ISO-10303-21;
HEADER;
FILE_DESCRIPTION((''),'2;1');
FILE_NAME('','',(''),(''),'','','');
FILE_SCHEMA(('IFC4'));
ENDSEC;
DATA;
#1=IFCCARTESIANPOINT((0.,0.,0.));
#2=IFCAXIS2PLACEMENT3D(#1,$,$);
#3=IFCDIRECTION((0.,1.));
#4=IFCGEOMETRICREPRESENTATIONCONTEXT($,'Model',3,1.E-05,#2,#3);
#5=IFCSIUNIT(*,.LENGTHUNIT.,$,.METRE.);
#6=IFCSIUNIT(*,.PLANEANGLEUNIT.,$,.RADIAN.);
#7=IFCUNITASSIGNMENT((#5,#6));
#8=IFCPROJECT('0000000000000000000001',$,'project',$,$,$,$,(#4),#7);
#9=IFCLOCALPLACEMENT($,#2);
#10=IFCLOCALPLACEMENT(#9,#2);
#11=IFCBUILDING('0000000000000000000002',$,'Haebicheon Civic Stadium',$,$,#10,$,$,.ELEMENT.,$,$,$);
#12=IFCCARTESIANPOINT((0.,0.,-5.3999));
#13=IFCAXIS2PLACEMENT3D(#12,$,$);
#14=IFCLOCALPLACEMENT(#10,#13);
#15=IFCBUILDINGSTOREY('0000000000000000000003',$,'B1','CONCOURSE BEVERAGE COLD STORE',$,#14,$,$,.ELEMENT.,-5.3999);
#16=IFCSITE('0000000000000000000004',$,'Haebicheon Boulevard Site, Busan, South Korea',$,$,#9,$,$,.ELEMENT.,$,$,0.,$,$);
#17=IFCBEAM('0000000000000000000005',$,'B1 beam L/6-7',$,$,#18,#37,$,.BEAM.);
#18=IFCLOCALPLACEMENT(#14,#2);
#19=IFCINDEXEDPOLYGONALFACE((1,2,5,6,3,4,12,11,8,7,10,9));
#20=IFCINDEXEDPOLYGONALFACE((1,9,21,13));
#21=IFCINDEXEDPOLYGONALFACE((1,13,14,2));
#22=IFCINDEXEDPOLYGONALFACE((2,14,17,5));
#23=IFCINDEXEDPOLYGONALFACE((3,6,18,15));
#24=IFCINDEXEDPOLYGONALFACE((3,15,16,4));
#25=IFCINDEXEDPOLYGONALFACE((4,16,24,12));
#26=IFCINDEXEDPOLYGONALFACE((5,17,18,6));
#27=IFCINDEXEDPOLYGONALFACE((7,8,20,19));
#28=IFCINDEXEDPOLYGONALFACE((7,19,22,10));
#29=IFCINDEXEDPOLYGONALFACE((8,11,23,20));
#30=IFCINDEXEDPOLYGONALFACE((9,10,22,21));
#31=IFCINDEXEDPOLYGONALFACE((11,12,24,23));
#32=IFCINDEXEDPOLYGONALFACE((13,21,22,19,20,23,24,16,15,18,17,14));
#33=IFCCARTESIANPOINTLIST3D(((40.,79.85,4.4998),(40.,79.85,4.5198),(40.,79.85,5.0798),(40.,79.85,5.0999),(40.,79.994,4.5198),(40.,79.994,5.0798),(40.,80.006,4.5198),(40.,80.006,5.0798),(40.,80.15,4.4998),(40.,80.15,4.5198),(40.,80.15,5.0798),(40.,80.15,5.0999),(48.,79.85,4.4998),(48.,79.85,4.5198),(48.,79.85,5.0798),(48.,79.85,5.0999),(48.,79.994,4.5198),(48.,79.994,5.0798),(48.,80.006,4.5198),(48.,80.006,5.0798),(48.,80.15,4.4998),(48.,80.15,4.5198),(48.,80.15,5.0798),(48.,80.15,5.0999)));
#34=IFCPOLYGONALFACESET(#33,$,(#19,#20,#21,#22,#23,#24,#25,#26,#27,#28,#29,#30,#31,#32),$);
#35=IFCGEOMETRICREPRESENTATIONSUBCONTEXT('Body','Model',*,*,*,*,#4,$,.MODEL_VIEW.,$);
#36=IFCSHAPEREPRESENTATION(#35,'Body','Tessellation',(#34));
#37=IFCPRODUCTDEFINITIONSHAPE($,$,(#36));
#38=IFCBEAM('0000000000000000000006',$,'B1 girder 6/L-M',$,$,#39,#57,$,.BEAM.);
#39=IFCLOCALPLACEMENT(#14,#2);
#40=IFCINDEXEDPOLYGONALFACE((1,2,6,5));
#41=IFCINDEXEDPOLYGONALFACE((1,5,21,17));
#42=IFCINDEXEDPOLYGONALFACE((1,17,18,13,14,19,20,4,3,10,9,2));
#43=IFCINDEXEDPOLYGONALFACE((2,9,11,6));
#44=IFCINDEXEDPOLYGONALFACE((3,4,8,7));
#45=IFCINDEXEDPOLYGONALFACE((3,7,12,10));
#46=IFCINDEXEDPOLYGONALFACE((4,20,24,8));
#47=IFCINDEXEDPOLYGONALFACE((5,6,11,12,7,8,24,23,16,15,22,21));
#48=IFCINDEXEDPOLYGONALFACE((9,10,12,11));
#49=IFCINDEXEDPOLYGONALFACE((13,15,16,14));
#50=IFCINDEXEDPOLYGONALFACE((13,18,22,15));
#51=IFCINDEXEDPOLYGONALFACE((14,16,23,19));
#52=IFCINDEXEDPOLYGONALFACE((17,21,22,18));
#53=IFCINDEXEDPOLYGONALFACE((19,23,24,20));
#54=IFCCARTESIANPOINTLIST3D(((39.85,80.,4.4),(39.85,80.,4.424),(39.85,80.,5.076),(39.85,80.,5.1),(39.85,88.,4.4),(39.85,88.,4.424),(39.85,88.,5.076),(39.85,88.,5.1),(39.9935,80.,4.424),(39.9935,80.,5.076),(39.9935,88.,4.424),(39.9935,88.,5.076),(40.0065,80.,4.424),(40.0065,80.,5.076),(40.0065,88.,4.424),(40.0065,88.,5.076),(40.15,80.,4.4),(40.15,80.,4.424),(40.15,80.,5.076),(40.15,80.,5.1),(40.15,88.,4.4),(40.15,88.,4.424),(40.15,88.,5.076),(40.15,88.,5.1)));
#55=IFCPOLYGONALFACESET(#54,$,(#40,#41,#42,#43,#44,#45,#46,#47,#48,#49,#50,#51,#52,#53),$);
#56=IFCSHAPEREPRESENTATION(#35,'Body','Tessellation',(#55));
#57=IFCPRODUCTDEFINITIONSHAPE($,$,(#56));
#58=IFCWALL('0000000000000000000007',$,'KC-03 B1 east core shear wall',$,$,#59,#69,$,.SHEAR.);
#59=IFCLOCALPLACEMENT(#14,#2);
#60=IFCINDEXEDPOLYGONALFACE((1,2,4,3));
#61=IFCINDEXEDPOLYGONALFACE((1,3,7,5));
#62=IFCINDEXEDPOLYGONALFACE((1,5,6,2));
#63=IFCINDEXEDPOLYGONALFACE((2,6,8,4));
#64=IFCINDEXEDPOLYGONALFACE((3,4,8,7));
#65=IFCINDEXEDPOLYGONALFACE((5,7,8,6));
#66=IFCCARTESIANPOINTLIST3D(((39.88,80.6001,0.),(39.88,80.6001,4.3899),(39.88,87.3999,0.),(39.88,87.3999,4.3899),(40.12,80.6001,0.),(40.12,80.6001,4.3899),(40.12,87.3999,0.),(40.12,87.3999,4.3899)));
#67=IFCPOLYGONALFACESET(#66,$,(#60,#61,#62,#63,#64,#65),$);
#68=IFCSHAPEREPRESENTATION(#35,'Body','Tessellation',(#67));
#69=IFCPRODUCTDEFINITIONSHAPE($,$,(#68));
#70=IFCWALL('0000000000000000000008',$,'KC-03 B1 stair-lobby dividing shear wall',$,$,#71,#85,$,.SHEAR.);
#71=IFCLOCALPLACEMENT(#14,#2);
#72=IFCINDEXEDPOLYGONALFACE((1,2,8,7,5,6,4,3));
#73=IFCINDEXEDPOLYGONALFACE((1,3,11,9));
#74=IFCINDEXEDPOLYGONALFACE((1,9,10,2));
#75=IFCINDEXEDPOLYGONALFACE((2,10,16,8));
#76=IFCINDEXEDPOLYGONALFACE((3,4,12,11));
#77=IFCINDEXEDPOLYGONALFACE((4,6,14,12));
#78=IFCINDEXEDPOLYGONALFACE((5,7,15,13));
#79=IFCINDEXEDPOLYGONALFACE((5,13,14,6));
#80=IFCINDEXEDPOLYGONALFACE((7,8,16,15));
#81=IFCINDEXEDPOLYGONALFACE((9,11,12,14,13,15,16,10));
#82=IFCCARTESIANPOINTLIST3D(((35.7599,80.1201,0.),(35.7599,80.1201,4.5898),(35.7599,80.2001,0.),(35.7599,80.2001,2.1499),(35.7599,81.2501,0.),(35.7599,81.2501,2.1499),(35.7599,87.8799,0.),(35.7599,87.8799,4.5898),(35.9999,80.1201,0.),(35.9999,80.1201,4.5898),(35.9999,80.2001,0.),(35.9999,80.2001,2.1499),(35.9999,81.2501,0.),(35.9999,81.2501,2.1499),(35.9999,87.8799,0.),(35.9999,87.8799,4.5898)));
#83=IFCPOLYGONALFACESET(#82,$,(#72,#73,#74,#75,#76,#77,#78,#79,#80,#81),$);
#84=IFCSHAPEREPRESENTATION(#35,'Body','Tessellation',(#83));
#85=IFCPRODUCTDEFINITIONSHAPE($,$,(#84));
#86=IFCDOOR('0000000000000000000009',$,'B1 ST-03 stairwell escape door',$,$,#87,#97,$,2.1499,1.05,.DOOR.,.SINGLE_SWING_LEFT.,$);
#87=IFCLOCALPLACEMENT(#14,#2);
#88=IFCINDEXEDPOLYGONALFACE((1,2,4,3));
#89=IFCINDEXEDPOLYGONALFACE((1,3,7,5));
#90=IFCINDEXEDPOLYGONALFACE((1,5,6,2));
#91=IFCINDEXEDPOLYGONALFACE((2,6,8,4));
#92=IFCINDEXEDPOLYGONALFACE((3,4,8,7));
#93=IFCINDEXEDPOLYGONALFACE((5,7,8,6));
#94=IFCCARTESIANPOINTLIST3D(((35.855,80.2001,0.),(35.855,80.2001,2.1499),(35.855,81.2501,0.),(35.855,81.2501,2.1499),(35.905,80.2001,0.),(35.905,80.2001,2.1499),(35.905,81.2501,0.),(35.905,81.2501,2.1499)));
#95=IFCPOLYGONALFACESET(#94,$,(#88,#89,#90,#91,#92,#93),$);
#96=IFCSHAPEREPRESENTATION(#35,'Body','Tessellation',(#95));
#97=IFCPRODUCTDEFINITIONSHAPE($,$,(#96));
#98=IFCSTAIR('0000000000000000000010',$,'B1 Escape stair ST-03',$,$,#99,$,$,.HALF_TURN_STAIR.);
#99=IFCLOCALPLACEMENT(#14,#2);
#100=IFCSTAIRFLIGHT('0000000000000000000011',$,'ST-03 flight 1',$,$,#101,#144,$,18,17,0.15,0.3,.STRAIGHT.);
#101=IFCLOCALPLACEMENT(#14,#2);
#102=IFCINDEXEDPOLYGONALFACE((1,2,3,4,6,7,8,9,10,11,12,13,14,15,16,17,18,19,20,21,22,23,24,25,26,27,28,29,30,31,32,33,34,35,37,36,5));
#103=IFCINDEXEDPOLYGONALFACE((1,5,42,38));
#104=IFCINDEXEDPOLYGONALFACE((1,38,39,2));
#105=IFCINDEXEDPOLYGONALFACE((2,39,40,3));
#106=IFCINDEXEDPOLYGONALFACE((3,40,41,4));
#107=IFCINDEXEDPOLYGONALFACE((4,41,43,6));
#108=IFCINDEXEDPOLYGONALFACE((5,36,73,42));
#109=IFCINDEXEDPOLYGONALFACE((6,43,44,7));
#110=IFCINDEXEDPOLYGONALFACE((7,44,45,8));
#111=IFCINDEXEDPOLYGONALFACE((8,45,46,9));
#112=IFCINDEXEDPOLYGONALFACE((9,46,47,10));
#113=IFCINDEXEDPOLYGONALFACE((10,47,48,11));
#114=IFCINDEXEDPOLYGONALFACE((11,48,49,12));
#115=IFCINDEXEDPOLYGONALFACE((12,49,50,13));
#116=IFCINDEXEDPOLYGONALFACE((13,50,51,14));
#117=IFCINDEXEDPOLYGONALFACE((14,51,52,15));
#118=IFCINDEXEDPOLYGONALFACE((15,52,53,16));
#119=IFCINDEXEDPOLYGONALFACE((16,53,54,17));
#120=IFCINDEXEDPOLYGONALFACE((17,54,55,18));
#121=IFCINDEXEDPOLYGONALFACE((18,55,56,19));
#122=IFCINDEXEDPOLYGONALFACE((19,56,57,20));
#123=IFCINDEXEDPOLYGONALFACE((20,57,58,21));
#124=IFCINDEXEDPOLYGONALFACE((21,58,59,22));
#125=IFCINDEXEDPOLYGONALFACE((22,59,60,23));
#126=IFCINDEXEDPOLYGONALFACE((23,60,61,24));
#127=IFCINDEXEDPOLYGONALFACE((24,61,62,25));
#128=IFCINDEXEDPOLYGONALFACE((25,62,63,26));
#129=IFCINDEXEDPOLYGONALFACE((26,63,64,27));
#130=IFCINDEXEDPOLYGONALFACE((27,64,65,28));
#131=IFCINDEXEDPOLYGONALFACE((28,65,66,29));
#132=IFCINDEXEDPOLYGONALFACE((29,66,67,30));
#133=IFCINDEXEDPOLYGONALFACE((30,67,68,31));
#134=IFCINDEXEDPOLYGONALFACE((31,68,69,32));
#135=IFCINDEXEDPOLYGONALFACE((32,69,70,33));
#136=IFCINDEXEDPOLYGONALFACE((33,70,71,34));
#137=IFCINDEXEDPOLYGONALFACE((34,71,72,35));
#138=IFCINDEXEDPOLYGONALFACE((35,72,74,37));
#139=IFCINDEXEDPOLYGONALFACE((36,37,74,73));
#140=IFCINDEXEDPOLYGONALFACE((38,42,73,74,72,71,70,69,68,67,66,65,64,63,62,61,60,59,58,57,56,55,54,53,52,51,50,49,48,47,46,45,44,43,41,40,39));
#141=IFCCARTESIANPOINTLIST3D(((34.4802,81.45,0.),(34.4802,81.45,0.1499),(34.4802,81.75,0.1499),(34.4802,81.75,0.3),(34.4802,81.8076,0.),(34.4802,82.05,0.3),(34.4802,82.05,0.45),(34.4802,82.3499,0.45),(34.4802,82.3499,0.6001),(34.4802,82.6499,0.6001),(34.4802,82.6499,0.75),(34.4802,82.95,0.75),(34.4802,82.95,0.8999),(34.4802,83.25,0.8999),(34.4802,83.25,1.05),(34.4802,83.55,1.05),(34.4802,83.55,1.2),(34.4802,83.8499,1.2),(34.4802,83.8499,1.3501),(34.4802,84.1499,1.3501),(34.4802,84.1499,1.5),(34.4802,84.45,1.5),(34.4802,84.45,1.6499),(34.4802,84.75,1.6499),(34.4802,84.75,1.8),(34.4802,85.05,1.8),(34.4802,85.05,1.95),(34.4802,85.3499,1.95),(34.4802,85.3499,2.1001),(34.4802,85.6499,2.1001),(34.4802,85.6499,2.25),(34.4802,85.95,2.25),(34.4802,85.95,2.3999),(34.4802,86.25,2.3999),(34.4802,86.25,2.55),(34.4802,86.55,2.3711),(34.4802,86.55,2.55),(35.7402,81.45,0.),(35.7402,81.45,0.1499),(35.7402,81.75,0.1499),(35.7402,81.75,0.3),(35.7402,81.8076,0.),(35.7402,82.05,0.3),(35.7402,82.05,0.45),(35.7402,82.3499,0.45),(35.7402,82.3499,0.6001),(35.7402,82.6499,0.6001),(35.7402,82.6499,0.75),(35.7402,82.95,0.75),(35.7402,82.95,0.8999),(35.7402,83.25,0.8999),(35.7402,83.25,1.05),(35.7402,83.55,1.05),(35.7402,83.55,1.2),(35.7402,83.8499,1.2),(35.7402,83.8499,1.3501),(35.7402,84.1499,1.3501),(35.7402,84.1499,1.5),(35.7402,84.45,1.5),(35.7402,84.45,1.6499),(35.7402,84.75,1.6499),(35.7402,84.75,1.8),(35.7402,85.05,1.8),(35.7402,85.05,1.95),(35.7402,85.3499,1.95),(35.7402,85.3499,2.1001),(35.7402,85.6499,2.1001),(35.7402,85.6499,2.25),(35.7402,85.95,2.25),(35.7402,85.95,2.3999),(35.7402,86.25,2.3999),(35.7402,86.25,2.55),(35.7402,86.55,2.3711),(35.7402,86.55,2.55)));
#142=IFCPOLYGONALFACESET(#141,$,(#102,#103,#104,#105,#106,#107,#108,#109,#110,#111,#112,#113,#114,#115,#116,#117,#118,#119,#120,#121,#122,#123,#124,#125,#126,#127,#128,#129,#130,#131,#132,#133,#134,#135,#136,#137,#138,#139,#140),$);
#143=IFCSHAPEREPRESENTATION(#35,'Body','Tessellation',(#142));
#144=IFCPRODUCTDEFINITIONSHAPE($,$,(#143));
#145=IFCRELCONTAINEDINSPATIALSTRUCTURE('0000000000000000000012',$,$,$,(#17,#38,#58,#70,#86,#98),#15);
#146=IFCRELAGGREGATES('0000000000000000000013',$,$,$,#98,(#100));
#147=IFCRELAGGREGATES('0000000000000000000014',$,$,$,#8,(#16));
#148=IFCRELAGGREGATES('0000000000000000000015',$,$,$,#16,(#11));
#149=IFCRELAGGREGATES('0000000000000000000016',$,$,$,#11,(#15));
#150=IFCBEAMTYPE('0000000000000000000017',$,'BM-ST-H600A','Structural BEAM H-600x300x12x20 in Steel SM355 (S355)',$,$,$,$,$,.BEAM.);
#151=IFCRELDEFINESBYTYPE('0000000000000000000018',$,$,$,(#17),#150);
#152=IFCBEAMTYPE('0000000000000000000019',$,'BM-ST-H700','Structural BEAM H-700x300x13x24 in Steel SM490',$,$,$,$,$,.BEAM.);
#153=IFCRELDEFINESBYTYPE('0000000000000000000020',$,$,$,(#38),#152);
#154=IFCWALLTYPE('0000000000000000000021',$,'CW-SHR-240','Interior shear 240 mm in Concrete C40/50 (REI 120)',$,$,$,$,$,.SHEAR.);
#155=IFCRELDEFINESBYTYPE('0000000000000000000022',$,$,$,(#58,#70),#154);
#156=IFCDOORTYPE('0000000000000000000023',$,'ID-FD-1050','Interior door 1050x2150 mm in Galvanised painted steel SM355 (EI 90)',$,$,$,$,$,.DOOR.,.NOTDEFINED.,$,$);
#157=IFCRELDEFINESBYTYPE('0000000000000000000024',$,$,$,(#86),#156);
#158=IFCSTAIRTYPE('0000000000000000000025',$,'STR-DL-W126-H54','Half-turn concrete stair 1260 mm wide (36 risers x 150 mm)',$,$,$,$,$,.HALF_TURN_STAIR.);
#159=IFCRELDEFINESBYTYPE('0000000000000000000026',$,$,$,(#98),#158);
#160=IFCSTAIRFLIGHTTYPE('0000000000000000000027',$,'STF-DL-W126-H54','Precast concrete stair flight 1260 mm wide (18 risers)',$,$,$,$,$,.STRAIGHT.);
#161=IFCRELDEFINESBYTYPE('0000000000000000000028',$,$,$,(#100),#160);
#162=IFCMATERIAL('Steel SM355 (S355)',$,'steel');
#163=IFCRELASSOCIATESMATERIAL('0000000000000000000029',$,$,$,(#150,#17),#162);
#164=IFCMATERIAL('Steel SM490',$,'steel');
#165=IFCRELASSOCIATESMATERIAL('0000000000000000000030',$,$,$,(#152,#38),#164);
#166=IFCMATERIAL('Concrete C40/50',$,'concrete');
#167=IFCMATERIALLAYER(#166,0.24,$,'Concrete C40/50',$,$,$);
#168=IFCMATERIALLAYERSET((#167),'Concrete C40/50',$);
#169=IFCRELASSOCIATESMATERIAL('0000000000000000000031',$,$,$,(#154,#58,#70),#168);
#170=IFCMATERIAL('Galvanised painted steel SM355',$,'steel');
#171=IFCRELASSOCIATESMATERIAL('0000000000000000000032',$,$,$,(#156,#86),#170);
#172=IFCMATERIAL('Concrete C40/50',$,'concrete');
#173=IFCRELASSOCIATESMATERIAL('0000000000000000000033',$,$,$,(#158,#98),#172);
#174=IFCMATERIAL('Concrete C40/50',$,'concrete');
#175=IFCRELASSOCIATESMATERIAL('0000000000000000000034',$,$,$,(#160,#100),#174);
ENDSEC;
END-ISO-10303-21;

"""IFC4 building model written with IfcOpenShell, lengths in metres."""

from ifc_helpers import new_model, si_unit, direction, frame, frame_2d, origin, origin_2d, place, context, subcontext, project, spatial, polyline, rectangle, i_section, outline, extrude, material, layer, layer_set, material_profile, profile_set, type_object, element, fill, aggregate, save


model = new_model("IFC4")

# Units and contexts
model_context = context("Model", 3, precision=1e-05, world=origin(), true_north=direction((0.0, 1.0)))
body_context = subcontext(model_context, "Body", "Model", "MODEL_VIEW")
ifc_project = project(units=[si_unit("LENGTHUNIT", "METRE"), si_unit("PLANEANGLEUNIT", "RADIAN")], contexts=[model_context])

# Site, building, storey
site_placement = place(None, origin())
site = spatial("IfcSite", under=ifc_project, at=site_placement, Name="Haebicheon Boulevard Site, Busan, South Korea", CompositionType="ELEMENT", RefElevation=0.0)
building_placement = place(site_placement, origin())
building = spatial("IfcBuilding", under=site, at=building_placement, Name="Haebicheon Civic Stadium", CompositionType="ELEMENT")
storey_placement = place(building_placement, frame((0.0, 0.0, -5.3999)))
storey = spatial("IfcBuildingStorey", under=building, at=storey_placement, Name="B1", Description="CONCOURSE BEVERAGE COLD STORE", CompositionType="ELEMENT", Elevation=-5.3999)

# Beams
ifc_material_1 = material(Name="Steel SM355 (S355)", Category="steel")
ifc_material_profile_1 = material_profile(ifc_material_1, i_section(OverallWidth=0.3, OverallDepth=0.6001, WebThickness=0.012, FlangeThickness=0.02, at=origin_2d()), Name="H-600x300x12x20")
ifc_profile_set_1 = profile_set([ifc_material_profile_1], Name="Steel SM355 (S355)")
beam_type_1 = type_object("IfcBeamType", Name="BM-ST-H600A", Description="Structural BEAM H-600x300x12x20 in Steel SM355 (S355)", PredefinedType="BEAM", material=ifc_profile_set_1)
beam_1_placement = place(storey_placement, frame((40.0, 80.0, 4.7998), z_axis=(1.0, 0.0, 0.0), x_axis=(0.0, 1.0, 0.0)))
element("IfcBeam", 1, at=beam_1_placement, inside=storey, type_object=beam_type_1, material=ifc_profile_set_1, Name="B1 beam L/6-7", PredefinedType="BEAM", context=body_context, shape_type="SweptSolid", body=[
    extrude(i_section(OverallWidth=0.3, OverallDepth=0.6001, WebThickness=0.012, FlangeThickness=0.02, at=origin_2d()), origin(), (0.0, 0.0, 1.0), 8.0),
])
ifc_material_2 = material(Name="Steel SM490", Category="steel")
ifc_material_profile_2 = material_profile(ifc_material_2, i_section(OverallWidth=0.3, OverallDepth=0.7, WebThickness=0.0129, FlangeThickness=0.0239, at=origin_2d()), Name="H-700x300x13x24")
ifc_profile_set_2 = profile_set([ifc_material_profile_2], Name="Steel SM490")
beam_type_2 = type_object("IfcBeamType", Name="BM-ST-H700", Description="Structural BEAM H-700x300x13x24 in Steel SM490", PredefinedType="BEAM", material=ifc_profile_set_2)
beam_2_placement = place(storey_placement, frame((40.0, 80.0, 4.75), z_axis=(0.0, 1.0, 0.0), x_axis=(-1.0, 0.0, 0.0)))
element("IfcBeam", 2, at=beam_2_placement, inside=storey, type_object=beam_type_2, material=ifc_profile_set_2, Name="B1 girder 6/L-M", PredefinedType="BEAM", context=body_context, shape_type="SweptSolid", body=[
    extrude(i_section(OverallWidth=0.3, OverallDepth=0.7, WebThickness=0.0129, FlangeThickness=0.0239, at=origin_2d()), origin(), (0.0, 0.0, 1.0), 8.0),
])

# Wall
ifc_material_3 = material(Name="Concrete C40/50", Category="concrete")
ifc_layer_1 = layer(ifc_material_3, 0.24, Name="Concrete C40/50")
ifc_layer_set_1 = layer_set([ifc_layer_1], Name="Concrete C40/50")
wall_type = type_object("IfcWallType", Name="CW-SHR-240", Description="Interior shear 240 mm in Concrete C40/50 (REI 120)", PredefinedType="SHEAR", material=ifc_layer_set_1)
wall_1_placement = place(storey_placement, frame((40.0, 80.6001, 0.0), z_axis=(0.0, 0.0, 1.0), x_axis=(0.0, 1.0, 0.0)))
element("IfcWall", 3, at=wall_1_placement, inside=storey, type_object=wall_type, material=ifc_layer_set_1, Name="KC-03 B1 east core shear wall", PredefinedType="SHEAR", context=body_context, shape_type="SweptSolid", body=[
    extrude(rectangle(XDim=6.7998, YDim=0.24, at=frame_2d((3.3999, 0.0))), origin(), (0.0, 0.0, 1.0), 4.3899),
])

# Wall, opening, door
wall_2_placement = place(storey_placement, frame((35.8799, 80.1201, 0.0), z_axis=(0.0, 0.0, 1.0), x_axis=(0.0, 1.0, 0.0)))
wall_2 = element("IfcWall", 4, at=wall_2_placement, inside=storey, type_object=wall_type, material=ifc_layer_set_1, Name="KC-03 B1 stair-lobby dividing shear wall", PredefinedType="SHEAR", context=body_context, shape_type="SweptSolid", body=[
    extrude(rectangle(XDim=7.7598, YDim=0.24, at=frame_2d((3.8799, 0.0))), origin(), (0.0, 0.0, 1.0), 4.5898),
])
opening_placement = place(wall_2_placement, frame((0.0801, 0.0, 0.0)))
opening = element("IfcOpeningElement", 5, at=opening_placement, cuts=wall_2, PredefinedType="OPENING", context=body_context, shape_type="SweptSolid", body=[
    extrude(rectangle(XDim=1.05, YDim=2.1499, at=frame_2d((0.5249, 1.075))), frame((0.0, 0.1299, 0.0), z_axis=(0.0, -1.0, 0.0), x_axis=(1.0, 0.0, 0.0)), (0.0, 0.0, 1.0), 0.26),
])
ifc_material_4 = material(Name="Galvanised painted steel SM355", Category="steel")
door_type = type_object("IfcDoorType", Name="ID-FD-1050", Description="Interior door 1050x2150 mm in Galvanised painted steel SM355 (EI 90)", OperationType="NOTDEFINED", PredefinedType="DOOR", material=ifc_material_4)
door_placement = place(opening_placement, origin())
door = element("IfcDoor", 6, at=door_placement, inside=storey, type_object=door_type, material=ifc_material_4, Name="B1 ST-03 stairwell escape door", OperationType="SINGLE_SWING_LEFT", OverallHeight=2.1499, OverallWidth=1.05, PredefinedType="DOOR", context=body_context, shape_type="SweptSolid", body=[
    extrude(rectangle(XDim=1.05, YDim=2.1499, at=frame_2d((0.5249, 1.075))), frame((0.0, 0.0249, 0.0), z_axis=(0.0, -1.0, 0.0), x_axis=(1.0, 0.0, 0.0)), (0.0, 0.0, 1.0), 0.05),
])
fill(opening, door)

# Stair, stair flight
ifc_material_5 = material(Name="Concrete C40/50", Category="concrete")
stair_type = type_object("IfcStairType", Name="STR-DL-W126-H54", Description="Half-turn concrete stair 1260 mm wide (36 risers x 150 mm)", PredefinedType="HALF_TURN_STAIR", material=ifc_material_5)
stair_placement = place(storey_placement, origin())
stair = element("IfcStair", 7, at=stair_placement, inside=storey, type_object=stair_type, material=ifc_material_5, Name="B1 Escape stair ST-03", PredefinedType="HALF_TURN_STAIR")
ifc_material_6 = material(Name="Concrete C40/50", Category="concrete")
stair_flight_type = type_object("IfcStairFlightType", Name="STF-DL-W126-H54", Description="Precast concrete stair flight 1260 mm wide (18 risers)", PredefinedType="STRAIGHT", material=ifc_material_6)
stair_flight_placement = place(storey_placement, frame((35.1101, 81.45, 0.0), z_axis=(0.0, 0.0, 1.0), x_axis=(0.0, 1.0, 0.0)))
stair_flight = element("IfcStairFlight", 8, at=stair_flight_placement, type_object=stair_flight_type, material=ifc_material_6, Name="ST-03 flight 1", NumberOfRisers=18, NumberOfTreads=17, PredefinedType="STRAIGHT", RiserHeight=0.15, TreadLength=0.3, context=body_context, shape_type="SweptSolid", body=[
    extrude(outline(polyline([(0.0, 0.0), (0.0, 0.1499), (0.3, 0.1499), (0.3, 0.3), (0.6001, 0.3), (0.6001, 0.45), (0.8999, 0.45), (0.8999, 0.6001), (1.2, 0.6001), (1.2, 0.75), (1.5, 0.75), (1.5, 0.8999), (1.8, 0.8999), (1.8, 1.05), (2.1001, 1.05), (2.1001, 1.2), (2.3999, 1.2), (2.3999, 1.3501), (2.7, 1.3501), (2.7, 1.5), (3.0, 1.5), (3.0, 1.6499), (3.3, 1.6499), (3.3, 1.8), (3.6001, 1.8), (3.6001, 1.95), (3.8999, 1.95), (3.8999, 2.1001), (4.2, 2.1001), (4.2, 2.25), (4.5, 2.25), (4.5, 2.3999), (4.8, 2.3999), (4.8, 2.55), (5.1001, 2.55), (5.1001, 2.7), (5.1001, 2.3711), (0.3577, 0.0), (0.0, 0.0)])), frame((0.0, 0.6299, 0.0), z_axis=(0.0, -1.0, 0.0), x_axis=(1.0, 0.0, 0.0)), (0.0, 0.0, 1.0), 1.26),
])
aggregate(stair, [stair_flight])

save(model, "model.ifc")
